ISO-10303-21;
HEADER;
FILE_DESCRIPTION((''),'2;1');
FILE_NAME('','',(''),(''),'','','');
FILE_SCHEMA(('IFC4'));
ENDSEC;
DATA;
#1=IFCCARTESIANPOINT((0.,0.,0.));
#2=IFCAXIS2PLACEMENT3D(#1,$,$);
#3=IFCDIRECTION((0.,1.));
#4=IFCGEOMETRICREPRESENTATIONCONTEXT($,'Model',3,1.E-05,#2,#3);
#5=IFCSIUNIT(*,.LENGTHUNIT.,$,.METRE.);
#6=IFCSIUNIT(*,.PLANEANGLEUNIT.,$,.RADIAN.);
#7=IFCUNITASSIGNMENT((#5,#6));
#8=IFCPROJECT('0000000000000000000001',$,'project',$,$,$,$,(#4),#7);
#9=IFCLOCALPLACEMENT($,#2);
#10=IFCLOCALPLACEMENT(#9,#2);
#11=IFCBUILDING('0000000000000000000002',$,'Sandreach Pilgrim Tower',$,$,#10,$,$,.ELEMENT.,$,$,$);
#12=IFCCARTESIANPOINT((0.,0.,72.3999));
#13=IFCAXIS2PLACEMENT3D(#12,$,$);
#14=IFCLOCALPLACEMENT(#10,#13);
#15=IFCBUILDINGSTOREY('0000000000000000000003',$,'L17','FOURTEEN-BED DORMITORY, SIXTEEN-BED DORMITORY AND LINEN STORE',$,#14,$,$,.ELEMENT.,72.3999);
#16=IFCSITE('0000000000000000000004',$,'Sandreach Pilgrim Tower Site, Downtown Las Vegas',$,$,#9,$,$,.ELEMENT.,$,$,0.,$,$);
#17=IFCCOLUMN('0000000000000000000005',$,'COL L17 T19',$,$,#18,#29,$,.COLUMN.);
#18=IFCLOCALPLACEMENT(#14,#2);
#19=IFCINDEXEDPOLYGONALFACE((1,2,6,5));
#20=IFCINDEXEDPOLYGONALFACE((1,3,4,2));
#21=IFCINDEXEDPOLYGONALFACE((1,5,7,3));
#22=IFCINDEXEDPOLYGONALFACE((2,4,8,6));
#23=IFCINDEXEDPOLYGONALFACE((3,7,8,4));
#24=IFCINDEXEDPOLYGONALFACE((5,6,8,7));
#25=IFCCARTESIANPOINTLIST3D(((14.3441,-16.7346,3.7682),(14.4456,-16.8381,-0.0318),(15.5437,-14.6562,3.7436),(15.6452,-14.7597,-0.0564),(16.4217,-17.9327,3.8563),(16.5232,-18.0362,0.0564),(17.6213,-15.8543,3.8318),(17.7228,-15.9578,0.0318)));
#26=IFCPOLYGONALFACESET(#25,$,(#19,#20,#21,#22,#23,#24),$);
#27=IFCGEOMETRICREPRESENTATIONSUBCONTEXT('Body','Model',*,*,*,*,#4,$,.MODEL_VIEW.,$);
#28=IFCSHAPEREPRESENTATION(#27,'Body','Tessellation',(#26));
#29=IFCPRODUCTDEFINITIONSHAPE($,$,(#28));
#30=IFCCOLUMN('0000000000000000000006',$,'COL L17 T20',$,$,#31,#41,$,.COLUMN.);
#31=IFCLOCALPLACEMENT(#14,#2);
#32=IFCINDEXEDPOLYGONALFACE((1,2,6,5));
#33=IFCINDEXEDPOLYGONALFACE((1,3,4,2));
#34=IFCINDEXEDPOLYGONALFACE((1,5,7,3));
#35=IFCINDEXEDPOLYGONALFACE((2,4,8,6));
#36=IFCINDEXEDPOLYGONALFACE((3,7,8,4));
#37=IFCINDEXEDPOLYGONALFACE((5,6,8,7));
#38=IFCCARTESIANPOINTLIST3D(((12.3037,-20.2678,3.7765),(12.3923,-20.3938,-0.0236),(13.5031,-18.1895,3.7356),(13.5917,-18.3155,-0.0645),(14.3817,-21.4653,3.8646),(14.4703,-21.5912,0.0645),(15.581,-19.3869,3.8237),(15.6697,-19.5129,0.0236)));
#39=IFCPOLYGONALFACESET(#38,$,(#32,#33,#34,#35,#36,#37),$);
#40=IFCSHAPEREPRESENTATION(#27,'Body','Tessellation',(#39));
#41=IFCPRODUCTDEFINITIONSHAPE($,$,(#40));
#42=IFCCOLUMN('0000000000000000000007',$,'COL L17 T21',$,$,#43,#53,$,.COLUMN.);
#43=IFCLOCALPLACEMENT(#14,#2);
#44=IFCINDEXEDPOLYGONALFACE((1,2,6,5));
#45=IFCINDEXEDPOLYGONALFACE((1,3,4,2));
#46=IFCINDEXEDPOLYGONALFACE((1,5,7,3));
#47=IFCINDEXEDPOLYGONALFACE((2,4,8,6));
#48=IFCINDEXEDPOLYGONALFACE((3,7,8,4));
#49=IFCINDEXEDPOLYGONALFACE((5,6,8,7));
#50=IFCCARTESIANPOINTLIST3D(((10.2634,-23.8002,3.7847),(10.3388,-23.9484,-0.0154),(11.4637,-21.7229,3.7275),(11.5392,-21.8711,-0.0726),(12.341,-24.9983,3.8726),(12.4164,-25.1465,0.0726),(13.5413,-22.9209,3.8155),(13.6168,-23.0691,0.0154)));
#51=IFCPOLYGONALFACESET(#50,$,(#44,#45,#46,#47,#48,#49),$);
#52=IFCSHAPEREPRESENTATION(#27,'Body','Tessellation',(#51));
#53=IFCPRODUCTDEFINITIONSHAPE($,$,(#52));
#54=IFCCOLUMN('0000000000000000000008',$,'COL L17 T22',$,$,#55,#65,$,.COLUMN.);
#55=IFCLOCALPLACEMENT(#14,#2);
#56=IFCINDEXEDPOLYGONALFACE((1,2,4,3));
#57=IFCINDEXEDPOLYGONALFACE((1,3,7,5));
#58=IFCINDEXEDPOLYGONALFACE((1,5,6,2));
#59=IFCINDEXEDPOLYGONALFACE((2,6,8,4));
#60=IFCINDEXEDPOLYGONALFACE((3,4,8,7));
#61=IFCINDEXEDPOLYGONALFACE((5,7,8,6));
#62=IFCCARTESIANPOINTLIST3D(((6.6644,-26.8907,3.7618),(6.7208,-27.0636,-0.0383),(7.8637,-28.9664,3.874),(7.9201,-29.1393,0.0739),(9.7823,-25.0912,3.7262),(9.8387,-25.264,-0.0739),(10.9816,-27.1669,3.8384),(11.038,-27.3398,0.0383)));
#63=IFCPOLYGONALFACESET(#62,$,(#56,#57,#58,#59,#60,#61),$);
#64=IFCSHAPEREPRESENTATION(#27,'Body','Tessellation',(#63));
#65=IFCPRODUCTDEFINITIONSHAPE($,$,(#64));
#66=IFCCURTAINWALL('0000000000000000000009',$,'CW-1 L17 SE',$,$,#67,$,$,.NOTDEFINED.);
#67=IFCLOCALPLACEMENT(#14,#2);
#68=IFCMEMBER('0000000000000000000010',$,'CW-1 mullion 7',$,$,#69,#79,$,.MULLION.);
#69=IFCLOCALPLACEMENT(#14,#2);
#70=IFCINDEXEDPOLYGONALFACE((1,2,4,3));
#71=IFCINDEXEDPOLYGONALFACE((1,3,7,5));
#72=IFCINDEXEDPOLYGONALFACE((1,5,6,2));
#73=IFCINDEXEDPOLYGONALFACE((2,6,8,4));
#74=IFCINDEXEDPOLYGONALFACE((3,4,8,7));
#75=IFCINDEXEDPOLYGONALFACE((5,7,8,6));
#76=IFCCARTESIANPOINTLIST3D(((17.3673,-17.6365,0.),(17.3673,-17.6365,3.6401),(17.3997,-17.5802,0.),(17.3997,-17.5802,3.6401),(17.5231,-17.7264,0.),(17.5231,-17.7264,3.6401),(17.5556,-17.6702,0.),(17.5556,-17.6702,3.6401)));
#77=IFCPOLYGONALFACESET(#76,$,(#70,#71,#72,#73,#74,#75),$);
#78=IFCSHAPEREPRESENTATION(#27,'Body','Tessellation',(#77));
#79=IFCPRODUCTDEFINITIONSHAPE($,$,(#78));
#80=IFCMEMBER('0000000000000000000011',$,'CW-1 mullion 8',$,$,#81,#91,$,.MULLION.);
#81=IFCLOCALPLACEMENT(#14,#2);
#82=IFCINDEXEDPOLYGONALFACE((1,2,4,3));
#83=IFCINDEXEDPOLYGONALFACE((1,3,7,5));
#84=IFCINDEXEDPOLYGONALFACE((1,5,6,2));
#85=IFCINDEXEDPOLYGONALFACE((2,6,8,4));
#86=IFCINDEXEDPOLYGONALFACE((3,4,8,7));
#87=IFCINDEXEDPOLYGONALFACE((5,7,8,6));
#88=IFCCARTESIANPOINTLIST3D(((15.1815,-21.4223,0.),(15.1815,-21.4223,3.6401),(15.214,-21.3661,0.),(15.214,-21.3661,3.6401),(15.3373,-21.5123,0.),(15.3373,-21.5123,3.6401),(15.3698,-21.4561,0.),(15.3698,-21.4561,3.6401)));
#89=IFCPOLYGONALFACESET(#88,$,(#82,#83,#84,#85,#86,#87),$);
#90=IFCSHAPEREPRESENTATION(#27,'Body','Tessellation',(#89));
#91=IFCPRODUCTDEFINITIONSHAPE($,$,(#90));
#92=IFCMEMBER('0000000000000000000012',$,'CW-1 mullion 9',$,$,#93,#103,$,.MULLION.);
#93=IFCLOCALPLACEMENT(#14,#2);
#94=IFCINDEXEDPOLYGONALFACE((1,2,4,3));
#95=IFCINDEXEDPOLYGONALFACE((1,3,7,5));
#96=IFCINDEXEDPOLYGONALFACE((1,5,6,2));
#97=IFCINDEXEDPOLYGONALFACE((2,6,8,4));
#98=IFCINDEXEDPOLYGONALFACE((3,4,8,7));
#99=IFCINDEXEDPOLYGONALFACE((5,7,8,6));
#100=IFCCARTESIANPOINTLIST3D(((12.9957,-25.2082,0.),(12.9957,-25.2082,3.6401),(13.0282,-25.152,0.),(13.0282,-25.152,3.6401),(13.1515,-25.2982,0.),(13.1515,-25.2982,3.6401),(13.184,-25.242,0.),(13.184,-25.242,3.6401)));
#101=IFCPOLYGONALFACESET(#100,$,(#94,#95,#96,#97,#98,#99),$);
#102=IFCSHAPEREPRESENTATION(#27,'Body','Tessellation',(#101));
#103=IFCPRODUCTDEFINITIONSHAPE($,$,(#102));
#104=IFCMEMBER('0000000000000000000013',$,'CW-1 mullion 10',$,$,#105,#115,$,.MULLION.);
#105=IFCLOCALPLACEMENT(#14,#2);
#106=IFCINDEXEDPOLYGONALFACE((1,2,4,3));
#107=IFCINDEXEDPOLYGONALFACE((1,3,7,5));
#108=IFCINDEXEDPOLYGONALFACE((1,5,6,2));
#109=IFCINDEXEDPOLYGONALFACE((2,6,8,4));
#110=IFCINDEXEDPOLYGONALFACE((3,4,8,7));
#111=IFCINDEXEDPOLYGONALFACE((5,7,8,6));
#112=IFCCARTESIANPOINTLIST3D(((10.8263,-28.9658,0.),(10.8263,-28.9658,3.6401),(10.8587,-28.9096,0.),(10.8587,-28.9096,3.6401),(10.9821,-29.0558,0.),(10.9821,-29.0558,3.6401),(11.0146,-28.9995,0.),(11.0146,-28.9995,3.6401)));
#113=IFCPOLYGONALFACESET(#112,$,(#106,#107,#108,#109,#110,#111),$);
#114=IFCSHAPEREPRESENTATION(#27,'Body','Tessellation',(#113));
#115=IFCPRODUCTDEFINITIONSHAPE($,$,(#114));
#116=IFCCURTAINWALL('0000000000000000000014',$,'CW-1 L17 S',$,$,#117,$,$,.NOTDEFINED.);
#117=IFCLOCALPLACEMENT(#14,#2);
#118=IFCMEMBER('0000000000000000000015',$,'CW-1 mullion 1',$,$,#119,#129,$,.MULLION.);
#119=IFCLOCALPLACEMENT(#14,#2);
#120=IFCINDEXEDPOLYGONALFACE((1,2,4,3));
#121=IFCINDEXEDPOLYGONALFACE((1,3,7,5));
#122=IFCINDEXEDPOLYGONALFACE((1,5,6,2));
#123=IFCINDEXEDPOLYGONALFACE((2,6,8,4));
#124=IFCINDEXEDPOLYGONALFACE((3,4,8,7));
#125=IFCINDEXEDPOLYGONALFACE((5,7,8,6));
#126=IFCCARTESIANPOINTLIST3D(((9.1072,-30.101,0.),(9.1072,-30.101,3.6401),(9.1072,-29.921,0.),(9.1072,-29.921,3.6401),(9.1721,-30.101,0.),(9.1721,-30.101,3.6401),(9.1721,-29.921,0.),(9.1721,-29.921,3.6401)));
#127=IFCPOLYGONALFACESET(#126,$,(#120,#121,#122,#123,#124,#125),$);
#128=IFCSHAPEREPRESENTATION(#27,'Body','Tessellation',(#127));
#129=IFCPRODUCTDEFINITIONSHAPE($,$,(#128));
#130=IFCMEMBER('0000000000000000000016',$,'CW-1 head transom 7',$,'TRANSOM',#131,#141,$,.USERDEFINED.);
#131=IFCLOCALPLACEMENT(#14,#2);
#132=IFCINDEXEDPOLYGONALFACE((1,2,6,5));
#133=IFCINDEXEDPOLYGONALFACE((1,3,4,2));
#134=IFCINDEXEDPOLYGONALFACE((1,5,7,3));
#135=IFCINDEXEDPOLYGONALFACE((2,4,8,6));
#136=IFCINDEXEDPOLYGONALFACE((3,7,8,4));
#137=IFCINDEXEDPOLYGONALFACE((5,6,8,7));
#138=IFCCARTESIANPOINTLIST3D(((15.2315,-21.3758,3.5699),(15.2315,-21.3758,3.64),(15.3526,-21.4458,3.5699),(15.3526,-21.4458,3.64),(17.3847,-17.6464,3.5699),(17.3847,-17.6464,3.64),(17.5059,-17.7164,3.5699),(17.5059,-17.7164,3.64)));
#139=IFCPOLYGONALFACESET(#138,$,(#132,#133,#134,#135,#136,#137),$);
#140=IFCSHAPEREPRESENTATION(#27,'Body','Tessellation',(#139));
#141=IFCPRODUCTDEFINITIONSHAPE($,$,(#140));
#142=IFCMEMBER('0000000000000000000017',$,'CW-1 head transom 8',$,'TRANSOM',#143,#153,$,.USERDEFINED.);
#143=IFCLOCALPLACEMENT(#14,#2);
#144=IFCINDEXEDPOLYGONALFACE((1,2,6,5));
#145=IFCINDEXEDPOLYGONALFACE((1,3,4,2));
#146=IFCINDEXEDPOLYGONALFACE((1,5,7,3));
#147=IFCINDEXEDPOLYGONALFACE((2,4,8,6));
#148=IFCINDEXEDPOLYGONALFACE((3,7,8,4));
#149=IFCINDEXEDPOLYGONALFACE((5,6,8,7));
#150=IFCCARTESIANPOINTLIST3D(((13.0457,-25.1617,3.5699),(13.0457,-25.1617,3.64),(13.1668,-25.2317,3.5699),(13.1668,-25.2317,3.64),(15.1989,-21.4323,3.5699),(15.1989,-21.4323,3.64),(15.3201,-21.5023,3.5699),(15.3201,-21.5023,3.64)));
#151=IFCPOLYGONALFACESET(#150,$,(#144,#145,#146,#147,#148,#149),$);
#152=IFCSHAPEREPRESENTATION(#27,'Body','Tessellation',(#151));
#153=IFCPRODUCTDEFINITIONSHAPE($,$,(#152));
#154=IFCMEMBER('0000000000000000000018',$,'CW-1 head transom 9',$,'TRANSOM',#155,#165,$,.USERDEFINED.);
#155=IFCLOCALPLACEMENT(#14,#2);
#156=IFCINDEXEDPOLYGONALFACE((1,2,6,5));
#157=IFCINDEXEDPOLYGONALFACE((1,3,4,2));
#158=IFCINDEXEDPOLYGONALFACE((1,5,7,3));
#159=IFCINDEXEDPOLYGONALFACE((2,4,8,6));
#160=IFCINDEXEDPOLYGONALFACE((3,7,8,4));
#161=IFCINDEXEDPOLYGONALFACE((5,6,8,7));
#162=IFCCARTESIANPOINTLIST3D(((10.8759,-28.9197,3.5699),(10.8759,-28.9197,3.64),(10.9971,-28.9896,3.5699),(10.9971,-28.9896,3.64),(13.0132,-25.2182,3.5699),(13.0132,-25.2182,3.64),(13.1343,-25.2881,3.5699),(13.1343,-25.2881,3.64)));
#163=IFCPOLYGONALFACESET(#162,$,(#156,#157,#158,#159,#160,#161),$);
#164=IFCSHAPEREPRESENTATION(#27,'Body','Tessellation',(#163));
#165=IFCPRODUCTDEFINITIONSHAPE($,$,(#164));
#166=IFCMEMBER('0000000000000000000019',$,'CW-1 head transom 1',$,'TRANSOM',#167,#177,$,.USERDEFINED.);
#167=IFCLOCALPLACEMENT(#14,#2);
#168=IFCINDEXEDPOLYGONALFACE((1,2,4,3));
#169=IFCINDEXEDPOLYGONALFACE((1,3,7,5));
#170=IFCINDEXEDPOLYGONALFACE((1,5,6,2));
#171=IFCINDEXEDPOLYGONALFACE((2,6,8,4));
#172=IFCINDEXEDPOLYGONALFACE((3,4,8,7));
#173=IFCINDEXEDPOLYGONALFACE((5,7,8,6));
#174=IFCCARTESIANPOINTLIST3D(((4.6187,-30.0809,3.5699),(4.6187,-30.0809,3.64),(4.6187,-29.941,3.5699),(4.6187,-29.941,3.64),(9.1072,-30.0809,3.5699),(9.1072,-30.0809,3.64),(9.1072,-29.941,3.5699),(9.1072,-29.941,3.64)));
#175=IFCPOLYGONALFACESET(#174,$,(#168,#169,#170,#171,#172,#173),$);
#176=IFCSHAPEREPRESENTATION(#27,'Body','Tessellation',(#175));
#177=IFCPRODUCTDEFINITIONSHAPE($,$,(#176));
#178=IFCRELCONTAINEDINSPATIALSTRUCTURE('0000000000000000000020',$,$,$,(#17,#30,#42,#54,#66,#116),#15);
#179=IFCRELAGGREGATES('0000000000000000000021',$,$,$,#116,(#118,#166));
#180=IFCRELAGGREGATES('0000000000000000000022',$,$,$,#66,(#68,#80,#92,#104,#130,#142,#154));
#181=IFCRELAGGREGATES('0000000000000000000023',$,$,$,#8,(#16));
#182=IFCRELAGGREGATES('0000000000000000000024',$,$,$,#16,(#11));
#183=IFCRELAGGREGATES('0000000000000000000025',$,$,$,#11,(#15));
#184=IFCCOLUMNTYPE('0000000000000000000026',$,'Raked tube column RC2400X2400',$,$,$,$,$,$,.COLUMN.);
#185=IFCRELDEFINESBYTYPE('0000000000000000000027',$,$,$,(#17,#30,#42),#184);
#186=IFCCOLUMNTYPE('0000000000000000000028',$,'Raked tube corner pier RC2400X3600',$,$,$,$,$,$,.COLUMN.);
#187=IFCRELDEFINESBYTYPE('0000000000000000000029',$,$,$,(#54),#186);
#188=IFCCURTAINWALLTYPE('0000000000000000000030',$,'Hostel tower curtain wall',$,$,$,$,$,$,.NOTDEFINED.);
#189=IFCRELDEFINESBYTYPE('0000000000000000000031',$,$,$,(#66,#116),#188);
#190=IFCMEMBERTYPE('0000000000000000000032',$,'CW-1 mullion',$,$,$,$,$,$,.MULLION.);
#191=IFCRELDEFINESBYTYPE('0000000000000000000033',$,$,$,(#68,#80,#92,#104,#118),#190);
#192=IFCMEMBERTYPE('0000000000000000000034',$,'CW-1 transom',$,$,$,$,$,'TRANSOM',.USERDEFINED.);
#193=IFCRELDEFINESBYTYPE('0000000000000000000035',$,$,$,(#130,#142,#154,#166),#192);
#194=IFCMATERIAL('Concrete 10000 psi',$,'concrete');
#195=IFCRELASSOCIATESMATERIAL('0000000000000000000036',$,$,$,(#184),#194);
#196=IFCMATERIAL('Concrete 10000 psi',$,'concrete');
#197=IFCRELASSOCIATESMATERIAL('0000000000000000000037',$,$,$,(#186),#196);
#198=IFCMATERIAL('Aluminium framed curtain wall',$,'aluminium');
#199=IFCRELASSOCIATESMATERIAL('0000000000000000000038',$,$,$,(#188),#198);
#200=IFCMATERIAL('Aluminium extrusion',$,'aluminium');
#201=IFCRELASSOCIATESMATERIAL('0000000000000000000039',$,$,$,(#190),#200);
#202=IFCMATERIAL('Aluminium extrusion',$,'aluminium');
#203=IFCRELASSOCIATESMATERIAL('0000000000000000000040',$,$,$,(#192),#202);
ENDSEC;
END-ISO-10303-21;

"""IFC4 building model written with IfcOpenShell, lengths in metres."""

from ifc_helpers import new_model, si_unit, direction, frame, origin, origin_2d, place, context, subcontext, project, spatial, rectangle, extrude, material, material_profile, profile_set, type_object, element, aggregate, save


model = new_model("IFC4")

# Units and contexts
model_context = context("Model", 3, precision=1e-05, world=origin(), true_north=direction((0.0, 1.0)))
body_context = subcontext(model_context, "Body", "Model", "MODEL_VIEW")
ifc_project = project(units=[si_unit("LENGTHUNIT", "METRE"), si_unit("PLANEANGLEUNIT", "RADIAN")], contexts=[model_context])

# Site, building, storey
site_placement = place(None, origin())
site = spatial("IfcSite", under=ifc_project, at=site_placement, Name="Sandreach Pilgrim Tower Site, Downtown Las Vegas", CompositionType="ELEMENT", RefElevation=0.0)
building_placement = place(site_placement, origin())
building = spatial("IfcBuilding", under=site, at=building_placement, Name="Sandreach Pilgrim Tower", CompositionType="ELEMENT")
storey_placement = place(building_placement, frame((0.0, 0.0, 72.3999)))
storey = spatial("IfcBuildingStorey", under=building, at=storey_placement, Name="L17", Description="FOURTEEN-BED DORMITORY, SIXTEEN-BED DORMITORY AND LINEN STORE", CompositionType="ELEMENT", Elevation=72.3999)

# Columns
ifc_material_1 = material(Name="Concrete 10000 psi", Category="concrete")
ifc_material_profile_1 = material_profile(ifc_material_1, rectangle(XDim=2.3999, YDim=2.3999, at=origin_2d()), Name="RC2400X2400")
ifc_profile_set_1 = profile_set([ifc_material_profile_1], Name="Concrete 10000 psi")
column_type_1 = type_object("IfcColumnType", Name="Raked tube column RC2400X2400", PredefinedType="COLUMN", material=ifc_profile_set_1)
column_1_placement = place(storey_placement, frame((16.0842, -16.3979, 0.0), z_axis=(-0.026707, 0.027221, 0.999273), x_axis=(0.865695, -0.499221, 0.036736)))
element("IfcColumn", 1, at=column_1_placement, inside=storey, type_object=column_type_1, Name="COL L17 T19", PredefinedType="COLUMN", context=body_context, shape_type="SweptSolid", body=[
    extrude(rectangle(XDim=2.3999, YDim=2.3999, at=origin_2d()), origin(), (0.0, 0.0, 1.0), 3.8027),
])
column_2_placement = place(storey_placement, frame((14.031, -19.9534, 0.0), z_axis=(-0.023302, 0.033124, 0.99918), x_axis=(0.865854, -0.498947, 0.036734)))
element("IfcColumn", 2, at=column_2_placement, inside=storey, type_object=column_type_1, Name="COL L17 T20", PredefinedType="COLUMN", context=body_context, shape_type="SweptSolid", body=[
    extrude(rectangle(XDim=2.3999, YDim=2.3999, at=origin_2d()), origin(), (0.0, 0.0, 1.0), 3.8032),
])
column_3_placement = place(storey_placement, frame((11.9778, -23.5088, 0.0), z_axis=(-0.019833, 0.03896, 0.999044), x_axis=(0.865704, -0.499212, 0.036654)))
element("IfcColumn", 3, at=column_3_placement, inside=storey, type_object=column_type_1, Name="COL L17 T21", PredefinedType="COLUMN", context=body_context, shape_type="SweptSolid", body=[
    extrude(rectangle(XDim=2.3999, YDim=2.3999, at=origin_2d()), origin(), (0.0, 0.0, 1.0), 3.8037),
])
ifc_material_2 = material(Name="Concrete 10000 psi", Category="concrete")
ifc_material_profile_2 = material_profile(ifc_material_2, rectangle(XDim=2.3999, YDim=3.6001, at=origin_2d()), Name="RC2400X3600")
ifc_profile_set_2 = profile_set([ifc_material_profile_2], Name="Concrete 10000 psi")
column_type_2 = type_object("IfcColumnType", Name="Raked tube corner pier RC2400X3600", PredefinedType="COLUMN", material=ifc_profile_set_2)
column_4_placement = place(storey_placement, frame((8.8794, -27.2017, 0.0), z_axis=(-0.014824, 0.045435, 0.998857), x_axis=(0.499732, -0.864917, 0.046759)))
element("IfcColumn", 4, at=column_4_placement, inside=storey, type_object=column_type_2, Name="COL L17 T22", PredefinedType="COLUMN", context=body_context, shape_type="SweptSolid", body=[
    extrude(rectangle(XDim=2.3999, YDim=3.6001, at=origin_2d()), origin(), (0.0, 0.0, 1.0), 3.8044),
])

# Curtain wall, members
ifc_material_3 = material(Name="Aluminium framed curtain wall", Category="aluminium")
curtain_wall_type = type_object("IfcCurtainWallType", Name="Hostel tower curtain wall", PredefinedType="NOTDEFINED", material=ifc_material_3)
curtain_wall_1_placement = place(storey_placement, origin())
curtain_wall_1 = element("IfcCurtainWall", 5, at=curtain_wall_1_placement, inside=storey, type_object=curtain_wall_type, Name="CW-1 L17 SE", PredefinedType="NOTDEFINED")
ifc_material_4 = material(Name="Aluminium extrusion", Category="aluminium")
ifc_material_profile_3 = material_profile(ifc_material_4, rectangle(XDim=0.0649, YDim=0.1799, at=origin_2d()), Name="CW-1M 65X180")
ifc_profile_set_3 = profile_set([ifc_material_profile_3], Name="Aluminium extrusion")
member_type_1 = type_object("IfcMemberType", Name="CW-1 mullion", PredefinedType="MULLION", material=ifc_profile_set_3)
member_1_placement = place(storey_placement, frame((17.4614, -17.6533, 0.0), z_axis=(0.0, 0.0, 1.0), x_axis=(-0.5, -0.866025, 0.0)))
member_1 = element("IfcMember", 6, at=member_1_placement, type_object=member_type_1, Name="CW-1 mullion 7", PredefinedType="MULLION", context=body_context, shape_type="SweptSolid", body=[
    extrude(rectangle(XDim=0.0649, YDim=0.1799, at=origin_2d()), origin(), (0.0, 0.0, 1.0), 3.6401),
])
member_2_placement = place(storey_placement, frame((15.2756, -21.4392, 0.0), z_axis=(0.0, 0.0, 1.0), x_axis=(-0.5, -0.866025, 0.0)))
member_2 = element("IfcMember", 7, at=member_2_placement, type_object=member_type_1, Name="CW-1 mullion 8", PredefinedType="MULLION", context=body_context, shape_type="SweptSolid", body=[
    extrude(rectangle(XDim=0.0649, YDim=0.1799, at=origin_2d()), origin(), (0.0, 0.0, 1.0), 3.6401),
])
member_3_placement = place(storey_placement, frame((13.0898, -25.2251, 0.0), z_axis=(0.0, 0.0, 1.0), x_axis=(-0.5, -0.866025, 0.0)))
member_3 = element("IfcMember", 8, at=member_3_placement, type_object=member_type_1, Name="CW-1 mullion 9", PredefinedType="MULLION", context=body_context, shape_type="SweptSolid", body=[
    extrude(rectangle(XDim=0.0649, YDim=0.1799, at=origin_2d()), origin(), (0.0, 0.0, 1.0), 3.6401),
])
member_4_placement = place(storey_placement, frame((10.9204, -28.9827, 0.0), z_axis=(0.0, 0.0, 1.0), x_axis=(-0.5, -0.866025, 0.0)))
member_4 = element("IfcMember", 9, at=member_4_placement, type_object=member_type_1, Name="CW-1 mullion 10", PredefinedType="MULLION", context=body_context, shape_type="SweptSolid", body=[
    extrude(rectangle(XDim=0.0649, YDim=0.1799, at=origin_2d()), origin(), (0.0, 0.0, 1.0), 3.6401),
])

# Curtain wall, member
curtain_wall_2_placement = place(storey_placement, origin())
curtain_wall_2 = element("IfcCurtainWall", 10, at=curtain_wall_2_placement, inside=storey, type_object=curtain_wall_type, Name="CW-1 L17 S", PredefinedType="NOTDEFINED")
member_5_placement = place(storey_placement, frame((9.1396, -30.011, 0.0), z_axis=(0.0, 0.0, 1.0), x_axis=(-1.0, 0.0, 0.0)))
member_5 = element("IfcMember", 11, at=member_5_placement, type_object=member_type_1, Name="CW-1 mullion 1", PredefinedType="MULLION", context=body_context, shape_type="SweptSolid", body=[
    extrude(rectangle(XDim=0.0649, YDim=0.1799, at=origin_2d()), origin(), (0.0, 0.0, 1.0), 3.6401),
])

# Members
ifc_material_5 = material(Name="Aluminium extrusion", Category="aluminium")
ifc_material_profile_4 = material_profile(ifc_material_5, rectangle(XDim=0.1399, YDim=0.0701, at=origin_2d()), Name="CW-1T 140X70")
ifc_profile_set_4 = profile_set([ifc_material_profile_4], Name="Aluminium extrusion")
member_type_2 = type_object("IfcMemberType", Name="CW-1 transom", ElementType="TRANSOM", PredefinedType="USERDEFINED", material=ifc_profile_set_4)
member_6_placement = place(storey_placement, frame((17.4453, -17.6814, 3.605), z_axis=(-0.500017, -0.866016, 0.0), x_axis=(0.866016, -0.500017, 0.0)))
member_6 = element("IfcMember", 12, at=member_6_placement, type_object=member_type_2, Name="CW-1 head transom 7", ObjectType="TRANSOM", PredefinedType="USERDEFINED", context=body_context, shape_type="SweptSolid", body=[
    extrude(rectangle(XDim=0.1399, YDim=0.0701, at=origin_2d()), origin(), (0.0, 0.0, 1.0), 4.3064),
])
member_7_placement = place(storey_placement, frame((15.2595, -21.4673, 3.605), z_axis=(-0.500017, -0.866016, 0.0), x_axis=(0.866016, -0.500017, 0.0)))
member_7 = element("IfcMember", 13, at=member_7_placement, type_object=member_type_2, Name="CW-1 head transom 8", ObjectType="TRANSOM", PredefinedType="USERDEFINED", context=body_context, shape_type="SweptSolid", body=[
    extrude(rectangle(XDim=0.1399, YDim=0.0701, at=origin_2d()), origin(), (0.0, 0.0, 1.0), 4.3064),
])
member_8_placement = place(storey_placement, frame((13.0737, -25.2532, 3.605), z_axis=(-0.500034, -0.866006, 0.0), x_axis=(0.866006, -0.500034, 0.0)))
member_8 = element("IfcMember", 14, at=member_8_placement, type_object=member_type_2, Name="CW-1 head transom 9", ObjectType="TRANSOM", PredefinedType="USERDEFINED", context=body_context, shape_type="SweptSolid", body=[
    extrude(rectangle(XDim=0.1399, YDim=0.0701, at=origin_2d()), origin(), (0.0, 0.0, 1.0), 4.2742),
])
member_9_placement = place(storey_placement, frame((9.1072, -30.011, 3.605), z_axis=(-1.0, 0.0, 0.0), x_axis=(0.0, -1.0, 0.0)))
member_9 = element("IfcMember", 15, at=member_9_placement, type_object=member_type_2, Name="CW-1 head transom 1", ObjectType="TRANSOM", PredefinedType="USERDEFINED", context=body_context, shape_type="SweptSolid", body=[
    extrude(rectangle(XDim=0.1399, YDim=0.0701, at=origin_2d()), origin(), (0.0, 0.0, 1.0), 4.4885),
])
aggregate(curtain_wall_2, [member_5, member_9])

aggregate(curtain_wall_1, [member_1, member_2, member_3, member_4, member_6, member_7, member_8])

save(model, "model.ifc")
